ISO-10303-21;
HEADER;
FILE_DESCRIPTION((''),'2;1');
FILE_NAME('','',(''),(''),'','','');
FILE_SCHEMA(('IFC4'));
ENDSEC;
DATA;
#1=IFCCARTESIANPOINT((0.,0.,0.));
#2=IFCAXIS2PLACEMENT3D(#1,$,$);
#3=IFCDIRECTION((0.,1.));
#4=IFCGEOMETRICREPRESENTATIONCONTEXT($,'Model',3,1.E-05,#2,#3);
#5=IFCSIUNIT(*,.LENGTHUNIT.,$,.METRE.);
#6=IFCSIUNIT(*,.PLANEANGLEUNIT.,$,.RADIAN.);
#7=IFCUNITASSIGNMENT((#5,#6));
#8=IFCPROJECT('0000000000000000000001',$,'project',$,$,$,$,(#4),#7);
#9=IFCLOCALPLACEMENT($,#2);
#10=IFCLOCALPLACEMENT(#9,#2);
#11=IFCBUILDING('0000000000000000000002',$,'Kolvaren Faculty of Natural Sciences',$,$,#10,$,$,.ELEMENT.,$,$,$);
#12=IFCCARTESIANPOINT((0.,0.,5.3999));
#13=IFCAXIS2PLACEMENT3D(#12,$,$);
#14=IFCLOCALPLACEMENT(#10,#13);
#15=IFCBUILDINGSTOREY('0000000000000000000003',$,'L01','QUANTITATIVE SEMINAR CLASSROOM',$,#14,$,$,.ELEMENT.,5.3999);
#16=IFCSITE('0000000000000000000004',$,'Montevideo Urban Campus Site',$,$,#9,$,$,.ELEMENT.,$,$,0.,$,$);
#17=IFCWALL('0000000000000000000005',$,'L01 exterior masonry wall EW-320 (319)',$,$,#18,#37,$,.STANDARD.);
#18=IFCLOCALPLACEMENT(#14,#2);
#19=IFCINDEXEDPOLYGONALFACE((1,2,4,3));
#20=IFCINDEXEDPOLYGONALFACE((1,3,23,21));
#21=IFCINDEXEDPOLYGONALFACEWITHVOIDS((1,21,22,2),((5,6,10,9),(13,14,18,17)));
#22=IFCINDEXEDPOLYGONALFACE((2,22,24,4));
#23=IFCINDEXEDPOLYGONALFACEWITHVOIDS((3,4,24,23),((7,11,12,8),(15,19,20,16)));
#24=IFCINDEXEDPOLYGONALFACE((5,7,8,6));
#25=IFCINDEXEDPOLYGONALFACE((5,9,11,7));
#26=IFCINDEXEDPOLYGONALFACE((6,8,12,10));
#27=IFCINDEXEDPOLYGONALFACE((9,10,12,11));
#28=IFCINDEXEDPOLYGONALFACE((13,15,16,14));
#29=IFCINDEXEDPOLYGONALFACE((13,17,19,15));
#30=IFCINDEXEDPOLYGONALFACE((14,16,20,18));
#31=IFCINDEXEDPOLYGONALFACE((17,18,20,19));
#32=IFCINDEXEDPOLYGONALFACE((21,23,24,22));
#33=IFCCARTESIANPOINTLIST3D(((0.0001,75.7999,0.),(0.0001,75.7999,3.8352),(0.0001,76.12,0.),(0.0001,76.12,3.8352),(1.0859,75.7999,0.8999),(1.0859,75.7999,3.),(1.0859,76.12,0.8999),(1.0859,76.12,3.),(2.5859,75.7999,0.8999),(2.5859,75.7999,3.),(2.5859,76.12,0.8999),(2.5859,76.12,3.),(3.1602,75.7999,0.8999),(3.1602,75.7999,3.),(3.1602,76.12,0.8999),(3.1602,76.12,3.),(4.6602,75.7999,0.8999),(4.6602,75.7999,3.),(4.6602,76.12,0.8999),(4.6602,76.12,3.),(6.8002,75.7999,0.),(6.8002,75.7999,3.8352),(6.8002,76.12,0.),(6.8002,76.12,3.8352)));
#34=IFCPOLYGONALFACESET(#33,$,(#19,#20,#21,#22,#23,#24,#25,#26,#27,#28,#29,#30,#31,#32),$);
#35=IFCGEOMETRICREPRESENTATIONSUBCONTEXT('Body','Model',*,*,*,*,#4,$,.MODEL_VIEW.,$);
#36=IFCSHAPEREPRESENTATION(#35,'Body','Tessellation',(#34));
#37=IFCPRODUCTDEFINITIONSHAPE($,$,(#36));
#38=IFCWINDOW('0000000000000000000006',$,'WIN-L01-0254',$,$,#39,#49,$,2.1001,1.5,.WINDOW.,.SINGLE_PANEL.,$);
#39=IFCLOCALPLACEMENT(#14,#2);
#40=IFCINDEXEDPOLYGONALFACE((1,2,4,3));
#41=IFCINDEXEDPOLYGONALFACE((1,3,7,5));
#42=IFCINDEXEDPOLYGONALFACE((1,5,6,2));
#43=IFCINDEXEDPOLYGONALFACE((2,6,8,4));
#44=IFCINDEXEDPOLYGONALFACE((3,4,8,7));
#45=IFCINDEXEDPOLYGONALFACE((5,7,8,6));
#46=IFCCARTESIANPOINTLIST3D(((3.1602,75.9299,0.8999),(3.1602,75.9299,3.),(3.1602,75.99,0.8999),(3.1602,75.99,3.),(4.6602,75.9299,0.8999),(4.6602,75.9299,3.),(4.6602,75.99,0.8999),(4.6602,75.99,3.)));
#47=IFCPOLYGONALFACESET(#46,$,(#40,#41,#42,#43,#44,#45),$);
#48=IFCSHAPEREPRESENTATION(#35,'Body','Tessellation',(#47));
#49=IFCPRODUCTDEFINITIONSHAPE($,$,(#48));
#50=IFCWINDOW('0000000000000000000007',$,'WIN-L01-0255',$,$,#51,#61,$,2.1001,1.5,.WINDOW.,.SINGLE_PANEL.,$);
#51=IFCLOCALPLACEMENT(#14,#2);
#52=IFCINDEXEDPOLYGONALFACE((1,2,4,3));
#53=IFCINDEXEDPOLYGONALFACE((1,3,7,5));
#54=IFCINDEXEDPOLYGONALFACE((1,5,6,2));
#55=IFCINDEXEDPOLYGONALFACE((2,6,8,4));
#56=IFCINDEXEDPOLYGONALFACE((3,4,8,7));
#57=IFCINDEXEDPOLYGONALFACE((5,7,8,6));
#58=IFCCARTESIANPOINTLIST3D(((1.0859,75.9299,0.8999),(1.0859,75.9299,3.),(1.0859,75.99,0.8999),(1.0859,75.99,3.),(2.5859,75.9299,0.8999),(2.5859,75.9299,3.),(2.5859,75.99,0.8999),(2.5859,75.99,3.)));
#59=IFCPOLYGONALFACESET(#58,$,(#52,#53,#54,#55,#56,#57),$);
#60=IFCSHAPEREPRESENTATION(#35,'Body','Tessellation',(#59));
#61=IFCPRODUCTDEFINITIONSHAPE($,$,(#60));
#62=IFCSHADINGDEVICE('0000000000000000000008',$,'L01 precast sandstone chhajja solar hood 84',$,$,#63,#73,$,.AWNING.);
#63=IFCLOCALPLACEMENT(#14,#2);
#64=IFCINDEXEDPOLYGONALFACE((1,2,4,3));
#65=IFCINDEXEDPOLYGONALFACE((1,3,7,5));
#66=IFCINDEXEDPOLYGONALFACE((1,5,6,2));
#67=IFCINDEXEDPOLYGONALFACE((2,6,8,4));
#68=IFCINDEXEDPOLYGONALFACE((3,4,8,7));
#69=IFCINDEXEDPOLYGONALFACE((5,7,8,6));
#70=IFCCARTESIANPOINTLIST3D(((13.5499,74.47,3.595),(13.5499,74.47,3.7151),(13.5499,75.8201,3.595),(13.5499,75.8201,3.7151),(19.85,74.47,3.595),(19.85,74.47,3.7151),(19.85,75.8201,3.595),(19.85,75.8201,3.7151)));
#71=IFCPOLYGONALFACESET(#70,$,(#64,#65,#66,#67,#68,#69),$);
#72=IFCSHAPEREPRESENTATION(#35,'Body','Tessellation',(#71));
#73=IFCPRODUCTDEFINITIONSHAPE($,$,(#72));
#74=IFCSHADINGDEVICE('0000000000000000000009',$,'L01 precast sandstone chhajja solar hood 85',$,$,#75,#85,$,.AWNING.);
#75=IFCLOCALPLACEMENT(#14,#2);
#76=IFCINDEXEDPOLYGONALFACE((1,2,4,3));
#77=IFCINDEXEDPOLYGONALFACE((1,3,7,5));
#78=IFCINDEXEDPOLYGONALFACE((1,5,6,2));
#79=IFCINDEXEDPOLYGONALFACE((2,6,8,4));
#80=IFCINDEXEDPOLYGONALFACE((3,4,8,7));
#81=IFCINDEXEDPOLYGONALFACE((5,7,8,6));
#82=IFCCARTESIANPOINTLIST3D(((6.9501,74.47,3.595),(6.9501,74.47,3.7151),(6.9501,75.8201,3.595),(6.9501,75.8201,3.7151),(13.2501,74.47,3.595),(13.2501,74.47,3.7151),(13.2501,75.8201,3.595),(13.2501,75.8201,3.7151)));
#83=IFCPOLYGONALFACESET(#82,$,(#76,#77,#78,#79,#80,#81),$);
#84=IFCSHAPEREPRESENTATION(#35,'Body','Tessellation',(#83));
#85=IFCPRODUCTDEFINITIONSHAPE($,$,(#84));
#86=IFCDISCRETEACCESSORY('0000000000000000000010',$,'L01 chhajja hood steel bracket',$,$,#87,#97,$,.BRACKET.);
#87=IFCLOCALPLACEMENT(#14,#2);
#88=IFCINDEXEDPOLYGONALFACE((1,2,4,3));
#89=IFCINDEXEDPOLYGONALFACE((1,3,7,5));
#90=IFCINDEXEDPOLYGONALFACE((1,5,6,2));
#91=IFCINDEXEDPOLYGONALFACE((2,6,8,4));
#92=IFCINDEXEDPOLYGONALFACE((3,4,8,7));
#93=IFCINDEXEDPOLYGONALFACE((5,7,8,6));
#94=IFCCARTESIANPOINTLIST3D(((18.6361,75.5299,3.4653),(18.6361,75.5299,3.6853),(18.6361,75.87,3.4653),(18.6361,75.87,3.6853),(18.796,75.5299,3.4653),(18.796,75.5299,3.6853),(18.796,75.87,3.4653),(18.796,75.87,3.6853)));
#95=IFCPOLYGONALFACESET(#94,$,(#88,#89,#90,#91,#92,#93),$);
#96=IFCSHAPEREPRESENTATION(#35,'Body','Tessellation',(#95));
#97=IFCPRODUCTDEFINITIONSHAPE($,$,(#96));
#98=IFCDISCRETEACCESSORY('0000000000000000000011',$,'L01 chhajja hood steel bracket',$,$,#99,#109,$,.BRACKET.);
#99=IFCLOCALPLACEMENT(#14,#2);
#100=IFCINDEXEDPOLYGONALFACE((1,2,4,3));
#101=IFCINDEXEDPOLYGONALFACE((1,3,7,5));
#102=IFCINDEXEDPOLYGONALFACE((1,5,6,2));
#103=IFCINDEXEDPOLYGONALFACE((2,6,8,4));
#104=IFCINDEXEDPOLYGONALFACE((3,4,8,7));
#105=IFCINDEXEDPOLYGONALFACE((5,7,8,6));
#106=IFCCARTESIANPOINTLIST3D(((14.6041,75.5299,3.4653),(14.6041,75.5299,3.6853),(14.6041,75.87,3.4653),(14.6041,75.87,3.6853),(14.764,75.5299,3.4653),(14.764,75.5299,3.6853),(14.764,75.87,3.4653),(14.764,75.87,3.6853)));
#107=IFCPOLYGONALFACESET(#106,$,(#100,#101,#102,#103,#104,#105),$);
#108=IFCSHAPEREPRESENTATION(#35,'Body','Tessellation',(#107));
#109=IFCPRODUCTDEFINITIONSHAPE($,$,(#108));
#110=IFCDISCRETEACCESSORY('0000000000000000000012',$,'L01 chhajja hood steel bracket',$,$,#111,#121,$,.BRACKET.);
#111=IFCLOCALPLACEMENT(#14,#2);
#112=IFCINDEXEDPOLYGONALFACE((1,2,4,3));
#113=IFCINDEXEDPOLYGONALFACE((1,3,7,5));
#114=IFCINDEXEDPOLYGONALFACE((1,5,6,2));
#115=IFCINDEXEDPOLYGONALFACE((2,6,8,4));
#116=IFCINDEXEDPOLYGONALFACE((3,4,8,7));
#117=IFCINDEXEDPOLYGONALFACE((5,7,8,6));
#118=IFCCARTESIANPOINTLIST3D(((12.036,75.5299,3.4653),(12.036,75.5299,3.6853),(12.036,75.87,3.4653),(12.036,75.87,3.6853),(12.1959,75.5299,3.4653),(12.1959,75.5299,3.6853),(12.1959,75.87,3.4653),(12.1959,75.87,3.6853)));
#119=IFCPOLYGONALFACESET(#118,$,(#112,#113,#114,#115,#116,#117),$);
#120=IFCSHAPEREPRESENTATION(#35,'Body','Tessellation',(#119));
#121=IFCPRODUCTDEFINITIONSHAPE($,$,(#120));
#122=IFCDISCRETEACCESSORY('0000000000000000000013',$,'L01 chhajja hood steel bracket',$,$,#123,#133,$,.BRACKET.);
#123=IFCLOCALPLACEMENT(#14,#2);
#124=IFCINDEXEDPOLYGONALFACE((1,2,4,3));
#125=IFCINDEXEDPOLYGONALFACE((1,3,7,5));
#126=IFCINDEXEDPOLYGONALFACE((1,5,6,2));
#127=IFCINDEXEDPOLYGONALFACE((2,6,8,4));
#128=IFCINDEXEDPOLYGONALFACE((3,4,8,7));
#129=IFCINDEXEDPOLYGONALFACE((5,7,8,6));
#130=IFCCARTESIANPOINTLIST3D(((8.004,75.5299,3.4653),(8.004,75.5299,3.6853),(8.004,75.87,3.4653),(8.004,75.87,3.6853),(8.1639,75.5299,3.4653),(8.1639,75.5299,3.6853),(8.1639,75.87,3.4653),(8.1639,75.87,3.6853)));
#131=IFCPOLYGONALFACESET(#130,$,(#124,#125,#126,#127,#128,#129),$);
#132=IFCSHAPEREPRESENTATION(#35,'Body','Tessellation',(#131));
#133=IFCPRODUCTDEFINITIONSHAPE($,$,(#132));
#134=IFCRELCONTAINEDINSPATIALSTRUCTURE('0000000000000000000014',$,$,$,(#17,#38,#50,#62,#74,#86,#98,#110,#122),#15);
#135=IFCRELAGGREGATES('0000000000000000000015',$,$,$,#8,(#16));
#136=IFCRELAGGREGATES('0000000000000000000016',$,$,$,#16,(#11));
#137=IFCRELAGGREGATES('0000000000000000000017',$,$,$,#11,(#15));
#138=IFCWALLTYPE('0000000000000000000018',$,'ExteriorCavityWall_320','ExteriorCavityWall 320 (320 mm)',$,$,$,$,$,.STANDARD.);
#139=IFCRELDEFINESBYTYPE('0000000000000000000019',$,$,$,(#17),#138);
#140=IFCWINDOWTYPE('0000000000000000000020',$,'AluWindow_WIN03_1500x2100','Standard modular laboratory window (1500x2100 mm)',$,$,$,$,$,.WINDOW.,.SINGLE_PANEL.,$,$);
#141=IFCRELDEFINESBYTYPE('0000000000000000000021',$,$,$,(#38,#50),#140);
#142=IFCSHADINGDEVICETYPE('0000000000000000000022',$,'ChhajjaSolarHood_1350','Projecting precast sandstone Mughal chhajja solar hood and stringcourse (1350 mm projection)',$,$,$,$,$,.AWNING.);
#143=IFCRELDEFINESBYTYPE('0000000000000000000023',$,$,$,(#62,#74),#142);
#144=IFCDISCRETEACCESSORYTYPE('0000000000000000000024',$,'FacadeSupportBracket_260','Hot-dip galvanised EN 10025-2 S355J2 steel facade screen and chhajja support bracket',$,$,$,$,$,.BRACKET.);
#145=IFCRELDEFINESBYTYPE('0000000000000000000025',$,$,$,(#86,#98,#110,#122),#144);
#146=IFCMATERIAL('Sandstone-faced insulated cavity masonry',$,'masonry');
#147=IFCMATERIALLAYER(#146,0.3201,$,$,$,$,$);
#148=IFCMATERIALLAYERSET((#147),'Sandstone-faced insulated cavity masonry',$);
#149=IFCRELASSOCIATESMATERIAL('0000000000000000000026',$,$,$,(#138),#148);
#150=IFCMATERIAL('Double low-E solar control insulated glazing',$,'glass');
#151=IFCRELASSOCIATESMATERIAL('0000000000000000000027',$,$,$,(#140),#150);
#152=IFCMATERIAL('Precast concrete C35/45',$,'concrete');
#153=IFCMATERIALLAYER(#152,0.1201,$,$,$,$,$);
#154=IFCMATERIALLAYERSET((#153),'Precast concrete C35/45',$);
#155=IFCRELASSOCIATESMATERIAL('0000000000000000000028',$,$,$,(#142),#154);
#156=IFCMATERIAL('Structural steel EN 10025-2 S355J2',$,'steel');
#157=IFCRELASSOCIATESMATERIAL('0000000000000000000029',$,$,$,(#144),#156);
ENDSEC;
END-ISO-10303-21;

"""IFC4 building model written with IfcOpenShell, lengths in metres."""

from ifc_helpers import new_model, si_unit, direction, frame, frame_2d, origin, origin_2d, place, context, subcontext, project, spatial, rectangle, extrude, material, layer, layer_set, type_object, element, fill, save


model = new_model("IFC4")

# Units and contexts
model_context = context("Model", 3, precision=1e-05, world=origin(), true_north=direction((0.0, 1.0)))
body_context = subcontext(model_context, "Body", "Model", "MODEL_VIEW")
ifc_project = project(units=[si_unit("LENGTHUNIT", "METRE"), si_unit("PLANEANGLEUNIT", "RADIAN")], contexts=[model_context])

# Site, building, storey
site_placement = place(None, origin())
site = spatial("IfcSite", under=ifc_project, at=site_placement, Name="Montevideo Urban Campus Site", CompositionType="ELEMENT", RefElevation=0.0)
building_placement = place(site_placement, origin())
building = spatial("IfcBuilding", under=site, at=building_placement, Name="Kolvaren Faculty of Natural Sciences", CompositionType="ELEMENT")
storey_placement = place(building_placement, frame((0.0, 0.0, 5.3999)))
storey = spatial("IfcBuildingStorey", under=building, at=storey_placement, Name="L01", Description="QUANTITATIVE SEMINAR CLASSROOM", CompositionType="ELEMENT", Elevation=5.3999)

# Wall, openings, windows
ifc_material_1 = material(Name="Sandstone-faced insulated cavity masonry", Category="masonry")
ifc_layer_1 = layer(ifc_material_1, 0.3201)
ifc_layer_set_1 = layer_set([ifc_layer_1], Name="Sandstone-faced insulated cavity masonry")
wall_type = type_object("IfcWallType", Name="ExteriorCavityWall_320", Description="ExteriorCavityWall 320 (320 mm)", PredefinedType="STANDARD", material=ifc_layer_set_1)
ifc_material_2 = material(Name="Double low-E solar control insulated glazing", Category="glass")
wall_1_placement = place(storey_placement, frame((6.8, 75.96, 0.0), z_axis=(0.0, 0.0, 1.0), x_axis=(-1.0, 0.0, 0.0)))
wall_1 = element("IfcWall", 1, at=wall_1_placement, inside=storey, type_object=wall_type, Name="L01 exterior masonry wall EW-320 (319)", PredefinedType="STANDARD", context=body_context, shape_type="SweptSolid", body=[
    extrude(rectangle(XDim=6.8, YDim=0.3201, at=frame_2d((3.3999, 0.0))), origin(), (0.0, 0.0, 1.0), 3.8352),
])
opening_1_placement = place(wall_1_placement, frame((2.1399, 0.0, 0.8999)))
opening_1 = element("IfcOpeningElement", 2, at=opening_1_placement, cuts=wall_1, PredefinedType="OPENING", context=body_context, shape_type="SweptSolid", body=[
    extrude(rectangle(XDim=1.5, YDim=2.1001, at=frame_2d((0.75, 1.05))), frame((0.0, 0.1699, 0.0), z_axis=(0.0, -1.0, 0.0), x_axis=(1.0, 0.0, 0.0)), (0.0, 0.0, 1.0), 0.3401),
])
opening_2_placement = place(wall_1_placement, frame((4.2141, 0.0, 0.8999)))
opening_2 = element("IfcOpeningElement", 3, at=opening_2_placement, cuts=wall_1, PredefinedType="OPENING", context=body_context, shape_type="SweptSolid", body=[
    extrude(rectangle(XDim=1.5, YDim=2.1001, at=frame_2d((0.75, 1.05))), frame((0.0, 0.1699, 0.0), z_axis=(0.0, -1.0, 0.0), x_axis=(1.0, 0.0, 0.0)), (0.0, 0.0, 1.0), 0.3401),
])
window_type_1 = type_object("IfcWindowType", Name="AluWindow_WIN03_1500x2100", Description="Standard modular laboratory window (1500x2100 mm)", PartitioningType="SINGLE_PANEL", PredefinedType="WINDOW", material=ifc_material_2)
window_1_placement = place(opening_1_placement, origin())
window_1 = element("IfcWindow", 4, at=window_1_placement, inside=storey, type_object=window_type_1, Name="WIN-L01-0254", OverallHeight=2.1001, OverallWidth=1.5, PartitioningType="SINGLE_PANEL", PredefinedType="WINDOW", context=body_context, shape_type="SweptSolid", body=[
    extrude(rectangle(XDim=1.5, YDim=2.1001, at=frame_2d((0.75, 1.05))), frame((0.0, 0.03, 0.0), z_axis=(0.0, -1.0, 0.0), x_axis=(1.0, 0.0, 0.0)), (0.0, 0.0, 1.0), 0.0601),
])
fill(opening_1, window_1)
window_2_placement = place(opening_2_placement, origin())
window_2 = element("IfcWindow", 5, at=window_2_placement, inside=storey, type_object=window_type_1, Name="WIN-L01-0255", OverallHeight=2.1001, OverallWidth=1.5, PartitioningType="SINGLE_PANEL", PredefinedType="WINDOW", context=body_context, shape_type="SweptSolid", body=[
    extrude(rectangle(XDim=1.5, YDim=2.1001, at=frame_2d((0.75, 1.05))), frame((0.0, 0.03, 0.0), z_axis=(0.0, -1.0, 0.0), x_axis=(1.0, 0.0, 0.0)), (0.0, 0.0, 1.0), 0.0601),
])
fill(opening_2, window_2)

# Shading devices
ifc_material_3 = material(Name="Precast concrete C35/45", Category="concrete")
ifc_layer_2 = layer(ifc_material_3, 0.1201)
ifc_layer_set_2 = layer_set([ifc_layer_2], Name="Precast concrete C35/45")
shading_device_type = type_object("IfcShadingDeviceType", Name="ChhajjaSolarHood_1350", Description="Projecting precast sandstone Mughal chhajja solar hood and stringcourse (1350 mm projection)", PredefinedType="AWNING", material=ifc_layer_set_2)
for number, where, z_axis, x_axis, name in (
    (6, (16.7, 75.145, 3.595), (0.0, 0.0, 1.0), (-1.0, 0.0, 0.0), "L01 precast sandstone chhajja solar hood 84"),
    (7, (10.1001, 75.145, 3.595), (0.0, 0.0, 1.0), (-1.0, 0.0, 0.0), "L01 precast sandstone chhajja solar hood 85"),
):
    element("IfcShadingDevice", number, at=place(storey_placement, frame(where, z_axis=z_axis, x_axis=x_axis)), inside=storey, type_object=shading_device_type, Name=name, PredefinedType="AWNING", context=body_context, shape_type="SweptSolid", body=[
        extrude(rectangle(XDim=6.3, YDim=1.3501, at=origin_2d()), origin(), (0.0, 0.0, 1.0), 0.1201),
    ])

# Discrete accessories
ifc_material_4 = material(Name="Structural steel EN 10025-2 S355J2", Category="steel")
discrete_accessory_type = type_object("IfcDiscreteAccessoryType", Name="FacadeSupportBracket_260", Description="Hot-dip galvanised EN 10025-2 S355J2 steel facade screen and chhajja support bracket", PredefinedType="BRACKET", material=ifc_material_4)
for number, where, z_axis, x_axis, name in (
    (8, (18.7161, 75.7, 3.4653), (0.0, 0.0, 1.0), (-1.0, 0.0, 0.0), "L01 chhajja hood steel bracket"),
    (9, (14.6841, 75.7, 3.4653), (0.0, 0.0, 1.0), (-1.0, 0.0, 0.0), "L01 chhajja hood steel bracket"),
    (10, (12.116, 75.7, 3.4653), (0.0, 0.0, 1.0), (-1.0, 0.0, 0.0), "L01 chhajja hood steel bracket"),
    (11, (8.084, 75.7, 3.4653), (0.0, 0.0, 1.0), (-1.0, 0.0, 0.0), "L01 chhajja hood steel bracket"),
):
    element("IfcDiscreteAccessory", number, at=place(storey_placement, frame(where, z_axis=z_axis, x_axis=x_axis)), inside=storey, type_object=discrete_accessory_type, Name=name, PredefinedType="BRACKET", context=body_context, shape_type="SweptSolid", body=[
        extrude(rectangle(XDim=0.1599, YDim=0.3401, at=origin_2d()), origin(), (0.0, 0.0, 1.0), 0.22),
    ])

save(model, "model.ifc")
